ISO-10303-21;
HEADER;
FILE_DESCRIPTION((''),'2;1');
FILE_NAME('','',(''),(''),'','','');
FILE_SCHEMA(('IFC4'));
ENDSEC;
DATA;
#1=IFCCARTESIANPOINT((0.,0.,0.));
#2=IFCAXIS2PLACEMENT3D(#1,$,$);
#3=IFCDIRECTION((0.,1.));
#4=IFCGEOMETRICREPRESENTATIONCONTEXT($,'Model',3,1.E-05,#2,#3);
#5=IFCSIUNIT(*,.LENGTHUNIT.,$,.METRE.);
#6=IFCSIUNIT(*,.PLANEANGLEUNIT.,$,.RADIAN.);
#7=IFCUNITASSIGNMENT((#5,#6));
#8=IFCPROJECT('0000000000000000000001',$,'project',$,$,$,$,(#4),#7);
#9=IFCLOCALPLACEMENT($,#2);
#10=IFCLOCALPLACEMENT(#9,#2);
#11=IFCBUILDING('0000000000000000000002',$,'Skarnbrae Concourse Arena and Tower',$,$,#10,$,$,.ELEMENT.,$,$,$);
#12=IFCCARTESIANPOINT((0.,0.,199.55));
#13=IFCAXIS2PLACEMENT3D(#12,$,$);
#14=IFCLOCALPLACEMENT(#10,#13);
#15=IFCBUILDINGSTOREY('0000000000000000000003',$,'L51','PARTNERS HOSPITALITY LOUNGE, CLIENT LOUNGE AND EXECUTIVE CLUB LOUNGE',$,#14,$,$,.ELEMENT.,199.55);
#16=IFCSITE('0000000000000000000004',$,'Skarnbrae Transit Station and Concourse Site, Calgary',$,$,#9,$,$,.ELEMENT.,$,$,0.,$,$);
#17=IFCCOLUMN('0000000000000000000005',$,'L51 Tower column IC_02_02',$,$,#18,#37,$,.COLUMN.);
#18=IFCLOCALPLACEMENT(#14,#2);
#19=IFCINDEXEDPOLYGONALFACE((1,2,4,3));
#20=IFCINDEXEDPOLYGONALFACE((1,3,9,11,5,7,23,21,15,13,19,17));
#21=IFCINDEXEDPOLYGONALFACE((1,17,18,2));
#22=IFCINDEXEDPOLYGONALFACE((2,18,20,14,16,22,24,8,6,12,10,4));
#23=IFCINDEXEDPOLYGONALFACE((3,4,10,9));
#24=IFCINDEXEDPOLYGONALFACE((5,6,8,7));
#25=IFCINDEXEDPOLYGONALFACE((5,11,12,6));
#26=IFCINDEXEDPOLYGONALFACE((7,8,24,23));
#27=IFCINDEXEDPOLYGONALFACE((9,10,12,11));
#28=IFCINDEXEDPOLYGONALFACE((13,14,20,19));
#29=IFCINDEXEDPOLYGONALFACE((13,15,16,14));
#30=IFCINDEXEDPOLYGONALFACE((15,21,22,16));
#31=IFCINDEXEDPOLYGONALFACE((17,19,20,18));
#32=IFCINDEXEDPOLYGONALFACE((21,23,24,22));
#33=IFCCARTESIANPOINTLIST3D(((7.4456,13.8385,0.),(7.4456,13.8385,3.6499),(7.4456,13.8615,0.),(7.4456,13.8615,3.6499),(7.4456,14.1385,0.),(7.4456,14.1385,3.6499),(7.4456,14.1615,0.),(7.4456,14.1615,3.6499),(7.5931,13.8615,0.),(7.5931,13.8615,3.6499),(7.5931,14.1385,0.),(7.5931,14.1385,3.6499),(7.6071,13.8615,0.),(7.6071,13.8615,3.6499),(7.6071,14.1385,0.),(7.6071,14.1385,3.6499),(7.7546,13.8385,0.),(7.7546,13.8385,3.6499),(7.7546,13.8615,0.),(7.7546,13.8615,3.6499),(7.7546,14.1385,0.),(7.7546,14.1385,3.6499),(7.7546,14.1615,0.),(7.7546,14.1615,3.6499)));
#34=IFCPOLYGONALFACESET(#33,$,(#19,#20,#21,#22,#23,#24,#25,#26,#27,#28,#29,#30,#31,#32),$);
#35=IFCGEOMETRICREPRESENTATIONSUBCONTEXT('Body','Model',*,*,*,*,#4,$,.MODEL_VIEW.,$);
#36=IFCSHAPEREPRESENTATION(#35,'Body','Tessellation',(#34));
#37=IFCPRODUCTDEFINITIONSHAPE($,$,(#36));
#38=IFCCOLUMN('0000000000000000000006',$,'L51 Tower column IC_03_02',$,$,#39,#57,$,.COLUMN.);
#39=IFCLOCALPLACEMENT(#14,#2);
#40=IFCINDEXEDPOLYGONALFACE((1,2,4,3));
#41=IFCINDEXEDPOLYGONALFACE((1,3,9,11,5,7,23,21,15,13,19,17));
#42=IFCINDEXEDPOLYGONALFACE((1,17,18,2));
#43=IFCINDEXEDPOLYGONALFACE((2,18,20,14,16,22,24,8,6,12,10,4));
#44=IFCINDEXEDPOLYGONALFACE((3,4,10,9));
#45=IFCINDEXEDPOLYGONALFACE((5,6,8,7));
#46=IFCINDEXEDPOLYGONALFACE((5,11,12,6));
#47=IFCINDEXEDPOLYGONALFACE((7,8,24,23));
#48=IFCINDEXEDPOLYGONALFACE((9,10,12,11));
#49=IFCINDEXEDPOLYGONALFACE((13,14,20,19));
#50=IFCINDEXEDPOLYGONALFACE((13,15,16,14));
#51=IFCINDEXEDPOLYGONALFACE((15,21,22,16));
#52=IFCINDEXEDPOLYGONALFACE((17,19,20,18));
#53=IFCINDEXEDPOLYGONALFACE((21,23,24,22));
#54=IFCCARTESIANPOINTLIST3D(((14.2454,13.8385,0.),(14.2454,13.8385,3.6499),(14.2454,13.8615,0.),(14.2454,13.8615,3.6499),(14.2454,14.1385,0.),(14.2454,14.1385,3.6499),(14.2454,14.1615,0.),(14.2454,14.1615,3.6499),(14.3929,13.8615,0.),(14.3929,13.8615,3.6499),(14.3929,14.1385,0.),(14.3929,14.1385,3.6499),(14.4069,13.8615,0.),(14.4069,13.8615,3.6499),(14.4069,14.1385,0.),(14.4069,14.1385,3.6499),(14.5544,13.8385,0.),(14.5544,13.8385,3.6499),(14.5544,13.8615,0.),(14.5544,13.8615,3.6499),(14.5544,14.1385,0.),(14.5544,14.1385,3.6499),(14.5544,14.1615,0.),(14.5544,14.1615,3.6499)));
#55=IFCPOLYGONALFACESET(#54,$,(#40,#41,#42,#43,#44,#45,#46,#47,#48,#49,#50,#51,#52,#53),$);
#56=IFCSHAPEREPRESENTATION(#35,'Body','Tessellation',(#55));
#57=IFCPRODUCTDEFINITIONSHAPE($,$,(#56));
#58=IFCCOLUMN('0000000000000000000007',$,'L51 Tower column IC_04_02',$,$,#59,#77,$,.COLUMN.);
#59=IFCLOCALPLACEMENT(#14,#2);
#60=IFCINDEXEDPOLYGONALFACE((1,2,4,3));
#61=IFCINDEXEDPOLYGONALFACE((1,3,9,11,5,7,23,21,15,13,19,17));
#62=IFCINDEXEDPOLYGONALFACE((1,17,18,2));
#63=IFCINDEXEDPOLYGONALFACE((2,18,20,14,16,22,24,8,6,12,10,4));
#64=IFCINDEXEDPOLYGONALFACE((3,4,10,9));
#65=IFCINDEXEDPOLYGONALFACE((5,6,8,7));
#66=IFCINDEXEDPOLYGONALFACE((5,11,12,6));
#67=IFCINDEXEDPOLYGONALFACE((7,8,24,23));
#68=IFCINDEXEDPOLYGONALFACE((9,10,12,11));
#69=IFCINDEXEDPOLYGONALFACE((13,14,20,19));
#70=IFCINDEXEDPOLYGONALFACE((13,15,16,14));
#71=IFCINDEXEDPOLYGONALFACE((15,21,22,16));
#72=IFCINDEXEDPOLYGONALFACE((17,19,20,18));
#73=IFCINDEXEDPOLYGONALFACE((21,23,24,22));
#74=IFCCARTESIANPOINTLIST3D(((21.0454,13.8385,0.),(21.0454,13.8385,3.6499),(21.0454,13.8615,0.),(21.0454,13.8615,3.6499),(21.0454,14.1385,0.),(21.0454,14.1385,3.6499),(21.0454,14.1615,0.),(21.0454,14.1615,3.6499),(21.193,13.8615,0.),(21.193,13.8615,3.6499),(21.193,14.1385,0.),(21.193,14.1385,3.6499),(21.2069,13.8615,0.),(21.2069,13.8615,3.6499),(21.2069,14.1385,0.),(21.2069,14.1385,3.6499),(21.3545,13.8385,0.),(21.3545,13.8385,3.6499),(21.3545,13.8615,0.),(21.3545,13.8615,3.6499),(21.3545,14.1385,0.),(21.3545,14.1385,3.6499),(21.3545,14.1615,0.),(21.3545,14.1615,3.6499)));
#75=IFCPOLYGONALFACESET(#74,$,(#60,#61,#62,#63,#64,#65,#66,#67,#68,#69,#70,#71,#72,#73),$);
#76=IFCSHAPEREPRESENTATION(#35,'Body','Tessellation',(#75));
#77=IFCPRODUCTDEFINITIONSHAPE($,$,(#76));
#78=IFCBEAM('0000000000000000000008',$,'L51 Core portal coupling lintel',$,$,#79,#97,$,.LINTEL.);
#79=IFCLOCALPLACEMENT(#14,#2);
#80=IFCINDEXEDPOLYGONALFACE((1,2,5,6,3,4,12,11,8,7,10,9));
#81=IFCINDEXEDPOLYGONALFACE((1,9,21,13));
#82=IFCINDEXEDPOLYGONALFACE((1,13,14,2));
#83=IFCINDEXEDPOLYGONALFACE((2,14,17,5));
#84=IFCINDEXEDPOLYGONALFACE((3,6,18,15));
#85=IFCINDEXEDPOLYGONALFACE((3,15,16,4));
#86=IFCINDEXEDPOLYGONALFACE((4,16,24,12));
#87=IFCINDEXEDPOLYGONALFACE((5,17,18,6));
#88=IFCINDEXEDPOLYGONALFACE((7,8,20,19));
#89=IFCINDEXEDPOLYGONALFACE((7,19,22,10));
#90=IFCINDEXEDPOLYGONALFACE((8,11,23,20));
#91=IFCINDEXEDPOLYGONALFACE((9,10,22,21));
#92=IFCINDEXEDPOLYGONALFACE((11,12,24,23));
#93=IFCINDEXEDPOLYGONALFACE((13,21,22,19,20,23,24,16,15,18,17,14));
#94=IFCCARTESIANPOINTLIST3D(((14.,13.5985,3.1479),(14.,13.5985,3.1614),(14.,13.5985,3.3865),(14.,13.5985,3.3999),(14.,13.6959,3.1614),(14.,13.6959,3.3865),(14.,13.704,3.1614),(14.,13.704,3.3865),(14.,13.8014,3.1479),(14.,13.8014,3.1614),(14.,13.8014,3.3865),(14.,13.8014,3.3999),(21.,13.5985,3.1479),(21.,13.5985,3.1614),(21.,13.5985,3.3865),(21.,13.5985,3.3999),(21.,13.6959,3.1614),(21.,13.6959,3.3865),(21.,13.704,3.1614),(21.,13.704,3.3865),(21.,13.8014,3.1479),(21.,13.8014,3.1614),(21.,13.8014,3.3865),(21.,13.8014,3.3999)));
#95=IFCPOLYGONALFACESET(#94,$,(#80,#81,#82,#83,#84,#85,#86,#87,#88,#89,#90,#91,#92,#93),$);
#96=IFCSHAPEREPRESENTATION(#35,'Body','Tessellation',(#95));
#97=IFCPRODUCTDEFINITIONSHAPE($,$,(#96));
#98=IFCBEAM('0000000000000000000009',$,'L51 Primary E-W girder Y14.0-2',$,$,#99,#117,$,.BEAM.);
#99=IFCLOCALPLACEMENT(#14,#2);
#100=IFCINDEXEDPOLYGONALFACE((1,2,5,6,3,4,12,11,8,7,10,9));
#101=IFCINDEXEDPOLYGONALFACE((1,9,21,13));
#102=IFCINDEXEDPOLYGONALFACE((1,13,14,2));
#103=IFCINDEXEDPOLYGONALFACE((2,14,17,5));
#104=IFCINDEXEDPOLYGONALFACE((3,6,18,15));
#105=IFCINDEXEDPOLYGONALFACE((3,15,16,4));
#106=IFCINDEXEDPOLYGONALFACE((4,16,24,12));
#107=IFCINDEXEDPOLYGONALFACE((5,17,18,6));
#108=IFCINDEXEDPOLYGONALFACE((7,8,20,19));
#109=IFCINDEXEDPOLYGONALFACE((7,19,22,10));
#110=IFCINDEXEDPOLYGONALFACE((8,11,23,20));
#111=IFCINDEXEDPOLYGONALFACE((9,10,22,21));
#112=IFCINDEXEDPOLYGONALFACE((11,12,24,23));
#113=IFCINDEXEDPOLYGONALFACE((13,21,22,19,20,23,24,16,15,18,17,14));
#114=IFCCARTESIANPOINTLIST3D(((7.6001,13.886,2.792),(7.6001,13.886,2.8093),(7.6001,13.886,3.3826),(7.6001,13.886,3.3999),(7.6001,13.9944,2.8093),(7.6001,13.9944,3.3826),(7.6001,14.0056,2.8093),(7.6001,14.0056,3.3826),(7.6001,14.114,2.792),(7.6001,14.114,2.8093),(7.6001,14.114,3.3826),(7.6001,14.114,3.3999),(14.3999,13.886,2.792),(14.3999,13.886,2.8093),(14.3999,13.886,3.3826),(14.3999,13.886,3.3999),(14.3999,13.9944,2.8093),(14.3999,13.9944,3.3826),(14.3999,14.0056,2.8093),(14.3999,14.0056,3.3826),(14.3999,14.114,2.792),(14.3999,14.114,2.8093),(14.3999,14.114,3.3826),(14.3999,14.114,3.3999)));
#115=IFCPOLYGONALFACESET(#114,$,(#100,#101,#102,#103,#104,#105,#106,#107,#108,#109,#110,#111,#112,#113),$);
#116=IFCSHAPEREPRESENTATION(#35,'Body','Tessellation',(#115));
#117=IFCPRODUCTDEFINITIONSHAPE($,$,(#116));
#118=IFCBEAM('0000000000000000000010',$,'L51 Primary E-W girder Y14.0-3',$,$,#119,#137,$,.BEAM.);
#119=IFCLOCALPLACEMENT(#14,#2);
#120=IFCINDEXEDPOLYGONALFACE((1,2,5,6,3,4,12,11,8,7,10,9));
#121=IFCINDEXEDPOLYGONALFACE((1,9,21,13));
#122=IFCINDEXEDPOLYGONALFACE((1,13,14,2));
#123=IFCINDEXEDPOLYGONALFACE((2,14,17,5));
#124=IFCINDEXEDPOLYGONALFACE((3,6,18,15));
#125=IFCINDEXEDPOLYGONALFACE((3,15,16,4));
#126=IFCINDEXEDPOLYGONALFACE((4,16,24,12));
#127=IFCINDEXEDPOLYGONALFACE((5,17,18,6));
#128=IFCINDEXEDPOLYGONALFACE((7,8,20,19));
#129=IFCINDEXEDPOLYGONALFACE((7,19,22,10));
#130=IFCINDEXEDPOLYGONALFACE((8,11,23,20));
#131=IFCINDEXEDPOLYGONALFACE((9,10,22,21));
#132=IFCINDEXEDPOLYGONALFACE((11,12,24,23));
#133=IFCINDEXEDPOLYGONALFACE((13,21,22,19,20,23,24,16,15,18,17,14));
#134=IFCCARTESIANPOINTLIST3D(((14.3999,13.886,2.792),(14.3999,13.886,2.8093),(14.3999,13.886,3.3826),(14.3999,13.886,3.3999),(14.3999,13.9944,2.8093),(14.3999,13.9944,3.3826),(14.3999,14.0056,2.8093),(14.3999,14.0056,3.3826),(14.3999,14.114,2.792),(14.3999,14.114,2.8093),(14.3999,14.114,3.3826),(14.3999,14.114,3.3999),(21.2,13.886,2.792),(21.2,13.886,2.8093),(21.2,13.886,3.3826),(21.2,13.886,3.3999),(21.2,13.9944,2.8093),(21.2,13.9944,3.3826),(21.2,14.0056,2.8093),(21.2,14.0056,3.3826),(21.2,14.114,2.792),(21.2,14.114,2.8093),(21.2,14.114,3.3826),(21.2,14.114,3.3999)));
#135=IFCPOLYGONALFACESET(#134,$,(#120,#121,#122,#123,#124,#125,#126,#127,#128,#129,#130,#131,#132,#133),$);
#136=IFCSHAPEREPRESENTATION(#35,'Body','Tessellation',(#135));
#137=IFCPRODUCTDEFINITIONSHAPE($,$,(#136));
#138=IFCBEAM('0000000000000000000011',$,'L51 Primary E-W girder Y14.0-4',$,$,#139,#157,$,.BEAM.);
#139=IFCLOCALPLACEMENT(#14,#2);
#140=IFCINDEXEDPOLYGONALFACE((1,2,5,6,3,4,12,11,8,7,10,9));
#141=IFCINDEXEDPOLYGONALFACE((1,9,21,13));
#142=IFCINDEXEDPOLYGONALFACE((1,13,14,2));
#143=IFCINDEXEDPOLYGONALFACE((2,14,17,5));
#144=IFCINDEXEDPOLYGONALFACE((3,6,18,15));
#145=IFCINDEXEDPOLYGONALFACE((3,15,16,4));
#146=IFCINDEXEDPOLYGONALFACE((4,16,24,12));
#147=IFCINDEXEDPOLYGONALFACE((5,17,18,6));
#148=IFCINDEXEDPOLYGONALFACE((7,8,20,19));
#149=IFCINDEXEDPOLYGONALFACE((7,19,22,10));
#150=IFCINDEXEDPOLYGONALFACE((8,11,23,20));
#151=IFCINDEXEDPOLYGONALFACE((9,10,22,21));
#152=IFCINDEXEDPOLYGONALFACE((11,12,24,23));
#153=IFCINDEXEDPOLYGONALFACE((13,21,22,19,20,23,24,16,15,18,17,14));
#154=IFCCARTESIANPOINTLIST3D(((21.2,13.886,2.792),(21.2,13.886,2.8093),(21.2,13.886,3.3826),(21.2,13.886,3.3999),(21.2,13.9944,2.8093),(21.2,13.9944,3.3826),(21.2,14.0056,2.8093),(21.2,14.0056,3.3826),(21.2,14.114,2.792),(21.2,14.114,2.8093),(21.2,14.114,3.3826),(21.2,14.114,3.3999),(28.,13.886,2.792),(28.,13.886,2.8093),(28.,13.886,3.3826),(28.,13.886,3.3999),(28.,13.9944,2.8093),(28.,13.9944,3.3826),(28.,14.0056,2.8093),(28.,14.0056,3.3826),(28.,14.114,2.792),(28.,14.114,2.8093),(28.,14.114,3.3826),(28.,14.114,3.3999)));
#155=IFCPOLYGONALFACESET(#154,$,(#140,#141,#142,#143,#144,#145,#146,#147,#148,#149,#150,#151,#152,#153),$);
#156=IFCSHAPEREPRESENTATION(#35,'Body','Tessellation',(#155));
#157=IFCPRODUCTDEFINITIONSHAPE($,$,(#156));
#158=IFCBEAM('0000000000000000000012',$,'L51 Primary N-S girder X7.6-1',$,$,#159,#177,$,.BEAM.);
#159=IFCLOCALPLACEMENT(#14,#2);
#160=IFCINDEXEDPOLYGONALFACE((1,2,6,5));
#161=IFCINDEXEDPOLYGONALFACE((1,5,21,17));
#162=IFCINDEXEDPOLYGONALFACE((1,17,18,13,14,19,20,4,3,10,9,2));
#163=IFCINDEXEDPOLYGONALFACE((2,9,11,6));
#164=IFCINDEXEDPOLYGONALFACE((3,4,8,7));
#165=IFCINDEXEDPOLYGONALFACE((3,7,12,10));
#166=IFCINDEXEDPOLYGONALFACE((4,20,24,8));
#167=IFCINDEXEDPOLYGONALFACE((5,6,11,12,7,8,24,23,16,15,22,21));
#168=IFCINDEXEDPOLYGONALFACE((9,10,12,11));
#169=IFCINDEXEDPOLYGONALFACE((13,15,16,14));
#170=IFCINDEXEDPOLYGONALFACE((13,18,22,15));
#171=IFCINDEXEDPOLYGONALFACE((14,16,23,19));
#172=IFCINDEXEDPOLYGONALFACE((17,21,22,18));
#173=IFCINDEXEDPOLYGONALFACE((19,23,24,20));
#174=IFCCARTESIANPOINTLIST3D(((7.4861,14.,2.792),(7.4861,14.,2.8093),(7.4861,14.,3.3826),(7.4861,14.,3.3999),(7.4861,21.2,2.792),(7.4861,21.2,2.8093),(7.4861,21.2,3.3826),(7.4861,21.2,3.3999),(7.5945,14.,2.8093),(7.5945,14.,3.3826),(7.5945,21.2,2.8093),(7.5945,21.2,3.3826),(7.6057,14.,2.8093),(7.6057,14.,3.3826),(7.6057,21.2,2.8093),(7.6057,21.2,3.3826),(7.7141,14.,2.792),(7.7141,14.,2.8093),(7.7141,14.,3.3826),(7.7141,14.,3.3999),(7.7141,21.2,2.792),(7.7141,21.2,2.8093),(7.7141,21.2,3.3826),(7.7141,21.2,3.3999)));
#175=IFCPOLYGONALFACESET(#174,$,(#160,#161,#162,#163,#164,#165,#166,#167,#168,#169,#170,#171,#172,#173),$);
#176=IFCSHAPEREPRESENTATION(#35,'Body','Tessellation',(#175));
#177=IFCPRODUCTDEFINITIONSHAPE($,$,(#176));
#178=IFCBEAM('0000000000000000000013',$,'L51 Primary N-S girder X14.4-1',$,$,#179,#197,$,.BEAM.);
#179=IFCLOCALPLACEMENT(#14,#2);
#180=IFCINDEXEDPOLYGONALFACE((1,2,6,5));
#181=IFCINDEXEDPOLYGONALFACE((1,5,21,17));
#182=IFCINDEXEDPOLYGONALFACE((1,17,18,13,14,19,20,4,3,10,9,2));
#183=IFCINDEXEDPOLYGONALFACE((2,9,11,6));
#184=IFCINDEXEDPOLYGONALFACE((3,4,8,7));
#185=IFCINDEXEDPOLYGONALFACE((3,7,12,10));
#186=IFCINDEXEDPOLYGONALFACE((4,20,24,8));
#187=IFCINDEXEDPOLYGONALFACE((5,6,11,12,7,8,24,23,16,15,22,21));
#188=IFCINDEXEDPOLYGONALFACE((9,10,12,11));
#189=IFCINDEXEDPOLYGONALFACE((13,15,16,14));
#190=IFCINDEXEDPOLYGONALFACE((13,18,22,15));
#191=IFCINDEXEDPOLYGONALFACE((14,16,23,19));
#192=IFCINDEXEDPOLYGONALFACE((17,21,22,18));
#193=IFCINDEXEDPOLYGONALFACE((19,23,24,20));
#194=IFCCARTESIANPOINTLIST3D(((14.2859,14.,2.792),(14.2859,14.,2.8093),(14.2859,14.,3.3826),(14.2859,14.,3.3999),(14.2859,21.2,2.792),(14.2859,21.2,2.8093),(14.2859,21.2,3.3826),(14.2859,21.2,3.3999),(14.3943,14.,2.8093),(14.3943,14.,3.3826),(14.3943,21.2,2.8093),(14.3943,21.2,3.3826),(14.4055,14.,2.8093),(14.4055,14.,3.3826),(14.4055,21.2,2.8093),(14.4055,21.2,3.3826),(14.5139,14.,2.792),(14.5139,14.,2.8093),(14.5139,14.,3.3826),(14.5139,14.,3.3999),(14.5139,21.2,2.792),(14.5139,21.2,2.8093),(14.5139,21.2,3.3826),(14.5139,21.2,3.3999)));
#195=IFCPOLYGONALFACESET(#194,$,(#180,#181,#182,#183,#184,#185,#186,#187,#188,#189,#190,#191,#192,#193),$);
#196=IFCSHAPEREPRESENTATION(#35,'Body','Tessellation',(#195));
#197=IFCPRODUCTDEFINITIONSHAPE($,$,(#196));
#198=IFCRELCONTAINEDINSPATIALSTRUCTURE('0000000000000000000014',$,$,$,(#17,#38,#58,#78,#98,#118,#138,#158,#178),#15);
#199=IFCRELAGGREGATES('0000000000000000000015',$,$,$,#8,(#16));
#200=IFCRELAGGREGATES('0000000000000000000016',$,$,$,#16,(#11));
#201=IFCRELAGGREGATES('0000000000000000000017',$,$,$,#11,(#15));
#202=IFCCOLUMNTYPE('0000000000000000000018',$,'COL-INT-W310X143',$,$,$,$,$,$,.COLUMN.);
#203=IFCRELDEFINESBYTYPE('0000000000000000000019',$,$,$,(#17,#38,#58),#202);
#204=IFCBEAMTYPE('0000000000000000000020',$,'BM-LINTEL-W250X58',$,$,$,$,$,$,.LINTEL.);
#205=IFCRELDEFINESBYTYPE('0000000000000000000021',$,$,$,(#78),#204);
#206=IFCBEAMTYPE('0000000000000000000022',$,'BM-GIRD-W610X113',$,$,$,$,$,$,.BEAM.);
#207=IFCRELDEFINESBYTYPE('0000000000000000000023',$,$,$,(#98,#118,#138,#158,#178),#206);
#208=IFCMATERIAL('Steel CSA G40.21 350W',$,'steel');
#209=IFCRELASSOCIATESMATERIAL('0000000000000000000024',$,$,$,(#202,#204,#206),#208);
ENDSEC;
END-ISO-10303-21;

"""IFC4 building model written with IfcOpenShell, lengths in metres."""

from ifc_helpers import new_model, si_unit, direction, frame, origin, origin_2d, place, context, subcontext, project, spatial, i_section, extrude, source, transform, mapped, material, material_profile, profile_set, type_object, element, save


model = new_model("IFC4")

# Units and contexts
model_context = context("Model", 3, precision=1e-05, world=origin(), true_north=direction((0.0, 1.0)))
body_context = subcontext(model_context, "Body", "Model", "MODEL_VIEW")
ifc_project = project(units=[si_unit("LENGTHUNIT", "METRE"), si_unit("PLANEANGLEUNIT", "RADIAN")], contexts=[model_context])

# Site, building, storey
site_placement = place(None, origin())
site = spatial("IfcSite", under=ifc_project, at=site_placement, Name="Skarnbrae Transit Station and Concourse Site, Calgary", CompositionType="ELEMENT", RefElevation=0.0)
building_placement = place(site_placement, origin())
building = spatial("IfcBuilding", under=site, at=building_placement, Name="Skarnbrae Concourse Arena and Tower", CompositionType="ELEMENT")
storey_placement = place(building_placement, frame((0.0, 0.0, 199.55)))
storey = spatial("IfcBuildingStorey", under=building, at=storey_placement, Name="L51", Description="PARTNERS HOSPITALITY LOUNGE, CLIENT LOUNGE AND EXECUTIVE CLUB LOUNGE", CompositionType="ELEMENT", Elevation=199.55)

# Columns
ifc_material_1 = material(Name="Steel CSA G40.21 350W", Category="steel")
ifc_material_profile_1 = material_profile(ifc_material_1, i_section(OverallWidth=0.3091, OverallDepth=0.323, WebThickness=0.0139, FlangeThickness=0.0229, at=origin_2d()), Name="W310X143")
ifc_profile_set_1 = profile_set([ifc_material_profile_1], Name="Steel CSA G40.21 350W")
column_type = type_object("IfcColumnType", Name="COL-INT-W310X143", PredefinedType="COLUMN", material=ifc_profile_set_1)
shared_shape_1 = source(origin(), body_context, "Body", "SweptSolid", [
    extrude(i_section(OverallWidth=0.3091, OverallDepth=0.323, WebThickness=0.0139, FlangeThickness=0.0229, at=origin_2d()), origin(), (0.0, 0.0, 1.0), 3.6499),
])
for number, where, z_axis, x_axis, name in (
    (1, (7.6001, 14.0, 0.0), (0.0, 0.0, 1.0), (1.0, 0.0, 0.0), "L51 Tower column IC_02_02"),
    (2, (14.3999, 14.0, 0.0), (0.0, 0.0, 1.0), (1.0, 0.0, 0.0), "L51 Tower column IC_03_02"),
    (3, (21.2, 14.0, 0.0), (0.0, 0.0, 1.0), (1.0, 0.0, 0.0), "L51 Tower column IC_04_02"),
):
    element("IfcColumn", number, at=place(storey_placement, frame(where, z_axis=z_axis, x_axis=x_axis)), inside=storey, type_object=column_type, Name=name, PredefinedType="COLUMN", context=body_context, shape_type="MappedRepresentation", body=[
        mapped(shared_shape_1, transform((0.0, 0.0, 0.0))),
    ])

# Beams
ifc_material_profile_2 = material_profile(ifc_material_1, i_section(OverallWidth=0.2029, OverallDepth=0.252, WebThickness=0.0081, FlangeThickness=0.0134, at=origin_2d()), Name="W250X58")
ifc_profile_set_2 = profile_set([ifc_material_profile_2], Name="Steel CSA G40.21 350W")
beam_type_1 = type_object("IfcBeamType", Name="BM-LINTEL-W250X58", PredefinedType="LINTEL", material=ifc_profile_set_2)
shared_shape_2 = source(origin(), body_context, "Body", "SweptSolid", [
    extrude(i_section(OverallWidth=0.2029, OverallDepth=0.252, WebThickness=0.0081, FlangeThickness=0.0134, at=origin_2d()), origin(), (0.0, 0.0, 1.0), 7.0),
])
beam_1_placement = place(storey_placement, frame((14.0, 13.7, 3.2739), z_axis=(1.0, 0.0, 0.0), x_axis=(0.0, 1.0, 0.0)))
element("IfcBeam", 4, at=beam_1_placement, inside=storey, type_object=beam_type_1, Name="L51 Core portal coupling lintel", PredefinedType="LINTEL", context=body_context, shape_type="MappedRepresentation", body=[
    mapped(shared_shape_2, transform((0.0, 0.0, 0.0))),
])
ifc_material_profile_3 = material_profile(ifc_material_1, i_section(OverallWidth=0.228, OverallDepth=0.6079, WebThickness=0.0112, FlangeThickness=0.0173, at=origin_2d()), Name="W610X113")
ifc_profile_set_3 = profile_set([ifc_material_profile_3], Name="Steel CSA G40.21 350W")
beam_type_2 = type_object("IfcBeamType", Name="BM-GIRD-W610X113", PredefinedType="BEAM", material=ifc_profile_set_3)
shared_shape_3 = source(origin(), body_context, "Body", "SweptSolid", [
    extrude(i_section(OverallWidth=0.228, OverallDepth=0.6079, WebThickness=0.0112, FlangeThickness=0.0173, at=origin_2d()), origin(), (0.0, 0.0, 1.0), 6.7998),
])
beam_2_placement = place(storey_placement, frame((7.6001, 14.0, 3.0959), z_axis=(1.0, 0.0, 0.0), x_axis=(0.0, 1.0, 0.0)))
element("IfcBeam", 5, at=beam_2_placement, inside=storey, type_object=beam_type_2, Name="L51 Primary E-W girder Y14.0-2", PredefinedType="BEAM", context=body_context, shape_type="MappedRepresentation", body=[
    mapped(shared_shape_3, transform((0.0, 0.0, 0.0))),
])
shared_shape_4 = source(origin(), body_context, "Body", "SweptSolid", [
    extrude(i_section(OverallWidth=0.228, OverallDepth=0.6079, WebThickness=0.0112, FlangeThickness=0.0173, at=origin_2d()), origin(), (0.0, 0.0, 1.0), 6.8),
])
for number, where, z_axis, x_axis, name in (
    (6, (14.3999, 14.0, 3.0959), (1.0, 0.0, 0.0), (0.0, 1.0, 0.0), "L51 Primary E-W girder Y14.0-3"),
    (7, (21.2, 14.0, 3.0959), (1.0, 0.0, 0.0), (0.0, 1.0, 0.0), "L51 Primary E-W girder Y14.0-4"),
):
    element("IfcBeam", number, at=place(storey_placement, frame(where, z_axis=z_axis, x_axis=x_axis)), inside=storey, type_object=beam_type_2, Name=name, PredefinedType="BEAM", context=body_context, shape_type="MappedRepresentation", body=[
        mapped(shared_shape_4, transform((0.0, 0.0, 0.0))),
    ])
shared_shape_5 = source(origin(), body_context, "Body", "SweptSolid", [
    extrude(i_section(OverallWidth=0.228, OverallDepth=0.6079, WebThickness=0.0112, FlangeThickness=0.0173, at=origin_2d()), origin(), (0.0, 0.0, 1.0), 7.2),
])
for number, where, z_axis, x_axis, name in (
    (8, (7.6001, 14.0, 3.0959), (0.0, 1.0, 0.0), (-1.0, 0.0, 0.0), "L51 Primary N-S girder X7.6-1"),
    (9, (14.3999, 14.0, 3.0959), (0.0, 1.0, 0.0), (-1.0, 0.0, 0.0), "L51 Primary N-S girder X14.4-1"),
):
    element("IfcBeam", number, at=place(storey_placement, frame(where, z_axis=z_axis, x_axis=x_axis)), inside=storey, type_object=beam_type_2, Name=name, PredefinedType="BEAM", context=body_context, shape_type="MappedRepresentation", body=[
        mapped(shared_shape_5, transform((0.0, 0.0, 0.0))),
    ])

save(model, "model.ifc")
